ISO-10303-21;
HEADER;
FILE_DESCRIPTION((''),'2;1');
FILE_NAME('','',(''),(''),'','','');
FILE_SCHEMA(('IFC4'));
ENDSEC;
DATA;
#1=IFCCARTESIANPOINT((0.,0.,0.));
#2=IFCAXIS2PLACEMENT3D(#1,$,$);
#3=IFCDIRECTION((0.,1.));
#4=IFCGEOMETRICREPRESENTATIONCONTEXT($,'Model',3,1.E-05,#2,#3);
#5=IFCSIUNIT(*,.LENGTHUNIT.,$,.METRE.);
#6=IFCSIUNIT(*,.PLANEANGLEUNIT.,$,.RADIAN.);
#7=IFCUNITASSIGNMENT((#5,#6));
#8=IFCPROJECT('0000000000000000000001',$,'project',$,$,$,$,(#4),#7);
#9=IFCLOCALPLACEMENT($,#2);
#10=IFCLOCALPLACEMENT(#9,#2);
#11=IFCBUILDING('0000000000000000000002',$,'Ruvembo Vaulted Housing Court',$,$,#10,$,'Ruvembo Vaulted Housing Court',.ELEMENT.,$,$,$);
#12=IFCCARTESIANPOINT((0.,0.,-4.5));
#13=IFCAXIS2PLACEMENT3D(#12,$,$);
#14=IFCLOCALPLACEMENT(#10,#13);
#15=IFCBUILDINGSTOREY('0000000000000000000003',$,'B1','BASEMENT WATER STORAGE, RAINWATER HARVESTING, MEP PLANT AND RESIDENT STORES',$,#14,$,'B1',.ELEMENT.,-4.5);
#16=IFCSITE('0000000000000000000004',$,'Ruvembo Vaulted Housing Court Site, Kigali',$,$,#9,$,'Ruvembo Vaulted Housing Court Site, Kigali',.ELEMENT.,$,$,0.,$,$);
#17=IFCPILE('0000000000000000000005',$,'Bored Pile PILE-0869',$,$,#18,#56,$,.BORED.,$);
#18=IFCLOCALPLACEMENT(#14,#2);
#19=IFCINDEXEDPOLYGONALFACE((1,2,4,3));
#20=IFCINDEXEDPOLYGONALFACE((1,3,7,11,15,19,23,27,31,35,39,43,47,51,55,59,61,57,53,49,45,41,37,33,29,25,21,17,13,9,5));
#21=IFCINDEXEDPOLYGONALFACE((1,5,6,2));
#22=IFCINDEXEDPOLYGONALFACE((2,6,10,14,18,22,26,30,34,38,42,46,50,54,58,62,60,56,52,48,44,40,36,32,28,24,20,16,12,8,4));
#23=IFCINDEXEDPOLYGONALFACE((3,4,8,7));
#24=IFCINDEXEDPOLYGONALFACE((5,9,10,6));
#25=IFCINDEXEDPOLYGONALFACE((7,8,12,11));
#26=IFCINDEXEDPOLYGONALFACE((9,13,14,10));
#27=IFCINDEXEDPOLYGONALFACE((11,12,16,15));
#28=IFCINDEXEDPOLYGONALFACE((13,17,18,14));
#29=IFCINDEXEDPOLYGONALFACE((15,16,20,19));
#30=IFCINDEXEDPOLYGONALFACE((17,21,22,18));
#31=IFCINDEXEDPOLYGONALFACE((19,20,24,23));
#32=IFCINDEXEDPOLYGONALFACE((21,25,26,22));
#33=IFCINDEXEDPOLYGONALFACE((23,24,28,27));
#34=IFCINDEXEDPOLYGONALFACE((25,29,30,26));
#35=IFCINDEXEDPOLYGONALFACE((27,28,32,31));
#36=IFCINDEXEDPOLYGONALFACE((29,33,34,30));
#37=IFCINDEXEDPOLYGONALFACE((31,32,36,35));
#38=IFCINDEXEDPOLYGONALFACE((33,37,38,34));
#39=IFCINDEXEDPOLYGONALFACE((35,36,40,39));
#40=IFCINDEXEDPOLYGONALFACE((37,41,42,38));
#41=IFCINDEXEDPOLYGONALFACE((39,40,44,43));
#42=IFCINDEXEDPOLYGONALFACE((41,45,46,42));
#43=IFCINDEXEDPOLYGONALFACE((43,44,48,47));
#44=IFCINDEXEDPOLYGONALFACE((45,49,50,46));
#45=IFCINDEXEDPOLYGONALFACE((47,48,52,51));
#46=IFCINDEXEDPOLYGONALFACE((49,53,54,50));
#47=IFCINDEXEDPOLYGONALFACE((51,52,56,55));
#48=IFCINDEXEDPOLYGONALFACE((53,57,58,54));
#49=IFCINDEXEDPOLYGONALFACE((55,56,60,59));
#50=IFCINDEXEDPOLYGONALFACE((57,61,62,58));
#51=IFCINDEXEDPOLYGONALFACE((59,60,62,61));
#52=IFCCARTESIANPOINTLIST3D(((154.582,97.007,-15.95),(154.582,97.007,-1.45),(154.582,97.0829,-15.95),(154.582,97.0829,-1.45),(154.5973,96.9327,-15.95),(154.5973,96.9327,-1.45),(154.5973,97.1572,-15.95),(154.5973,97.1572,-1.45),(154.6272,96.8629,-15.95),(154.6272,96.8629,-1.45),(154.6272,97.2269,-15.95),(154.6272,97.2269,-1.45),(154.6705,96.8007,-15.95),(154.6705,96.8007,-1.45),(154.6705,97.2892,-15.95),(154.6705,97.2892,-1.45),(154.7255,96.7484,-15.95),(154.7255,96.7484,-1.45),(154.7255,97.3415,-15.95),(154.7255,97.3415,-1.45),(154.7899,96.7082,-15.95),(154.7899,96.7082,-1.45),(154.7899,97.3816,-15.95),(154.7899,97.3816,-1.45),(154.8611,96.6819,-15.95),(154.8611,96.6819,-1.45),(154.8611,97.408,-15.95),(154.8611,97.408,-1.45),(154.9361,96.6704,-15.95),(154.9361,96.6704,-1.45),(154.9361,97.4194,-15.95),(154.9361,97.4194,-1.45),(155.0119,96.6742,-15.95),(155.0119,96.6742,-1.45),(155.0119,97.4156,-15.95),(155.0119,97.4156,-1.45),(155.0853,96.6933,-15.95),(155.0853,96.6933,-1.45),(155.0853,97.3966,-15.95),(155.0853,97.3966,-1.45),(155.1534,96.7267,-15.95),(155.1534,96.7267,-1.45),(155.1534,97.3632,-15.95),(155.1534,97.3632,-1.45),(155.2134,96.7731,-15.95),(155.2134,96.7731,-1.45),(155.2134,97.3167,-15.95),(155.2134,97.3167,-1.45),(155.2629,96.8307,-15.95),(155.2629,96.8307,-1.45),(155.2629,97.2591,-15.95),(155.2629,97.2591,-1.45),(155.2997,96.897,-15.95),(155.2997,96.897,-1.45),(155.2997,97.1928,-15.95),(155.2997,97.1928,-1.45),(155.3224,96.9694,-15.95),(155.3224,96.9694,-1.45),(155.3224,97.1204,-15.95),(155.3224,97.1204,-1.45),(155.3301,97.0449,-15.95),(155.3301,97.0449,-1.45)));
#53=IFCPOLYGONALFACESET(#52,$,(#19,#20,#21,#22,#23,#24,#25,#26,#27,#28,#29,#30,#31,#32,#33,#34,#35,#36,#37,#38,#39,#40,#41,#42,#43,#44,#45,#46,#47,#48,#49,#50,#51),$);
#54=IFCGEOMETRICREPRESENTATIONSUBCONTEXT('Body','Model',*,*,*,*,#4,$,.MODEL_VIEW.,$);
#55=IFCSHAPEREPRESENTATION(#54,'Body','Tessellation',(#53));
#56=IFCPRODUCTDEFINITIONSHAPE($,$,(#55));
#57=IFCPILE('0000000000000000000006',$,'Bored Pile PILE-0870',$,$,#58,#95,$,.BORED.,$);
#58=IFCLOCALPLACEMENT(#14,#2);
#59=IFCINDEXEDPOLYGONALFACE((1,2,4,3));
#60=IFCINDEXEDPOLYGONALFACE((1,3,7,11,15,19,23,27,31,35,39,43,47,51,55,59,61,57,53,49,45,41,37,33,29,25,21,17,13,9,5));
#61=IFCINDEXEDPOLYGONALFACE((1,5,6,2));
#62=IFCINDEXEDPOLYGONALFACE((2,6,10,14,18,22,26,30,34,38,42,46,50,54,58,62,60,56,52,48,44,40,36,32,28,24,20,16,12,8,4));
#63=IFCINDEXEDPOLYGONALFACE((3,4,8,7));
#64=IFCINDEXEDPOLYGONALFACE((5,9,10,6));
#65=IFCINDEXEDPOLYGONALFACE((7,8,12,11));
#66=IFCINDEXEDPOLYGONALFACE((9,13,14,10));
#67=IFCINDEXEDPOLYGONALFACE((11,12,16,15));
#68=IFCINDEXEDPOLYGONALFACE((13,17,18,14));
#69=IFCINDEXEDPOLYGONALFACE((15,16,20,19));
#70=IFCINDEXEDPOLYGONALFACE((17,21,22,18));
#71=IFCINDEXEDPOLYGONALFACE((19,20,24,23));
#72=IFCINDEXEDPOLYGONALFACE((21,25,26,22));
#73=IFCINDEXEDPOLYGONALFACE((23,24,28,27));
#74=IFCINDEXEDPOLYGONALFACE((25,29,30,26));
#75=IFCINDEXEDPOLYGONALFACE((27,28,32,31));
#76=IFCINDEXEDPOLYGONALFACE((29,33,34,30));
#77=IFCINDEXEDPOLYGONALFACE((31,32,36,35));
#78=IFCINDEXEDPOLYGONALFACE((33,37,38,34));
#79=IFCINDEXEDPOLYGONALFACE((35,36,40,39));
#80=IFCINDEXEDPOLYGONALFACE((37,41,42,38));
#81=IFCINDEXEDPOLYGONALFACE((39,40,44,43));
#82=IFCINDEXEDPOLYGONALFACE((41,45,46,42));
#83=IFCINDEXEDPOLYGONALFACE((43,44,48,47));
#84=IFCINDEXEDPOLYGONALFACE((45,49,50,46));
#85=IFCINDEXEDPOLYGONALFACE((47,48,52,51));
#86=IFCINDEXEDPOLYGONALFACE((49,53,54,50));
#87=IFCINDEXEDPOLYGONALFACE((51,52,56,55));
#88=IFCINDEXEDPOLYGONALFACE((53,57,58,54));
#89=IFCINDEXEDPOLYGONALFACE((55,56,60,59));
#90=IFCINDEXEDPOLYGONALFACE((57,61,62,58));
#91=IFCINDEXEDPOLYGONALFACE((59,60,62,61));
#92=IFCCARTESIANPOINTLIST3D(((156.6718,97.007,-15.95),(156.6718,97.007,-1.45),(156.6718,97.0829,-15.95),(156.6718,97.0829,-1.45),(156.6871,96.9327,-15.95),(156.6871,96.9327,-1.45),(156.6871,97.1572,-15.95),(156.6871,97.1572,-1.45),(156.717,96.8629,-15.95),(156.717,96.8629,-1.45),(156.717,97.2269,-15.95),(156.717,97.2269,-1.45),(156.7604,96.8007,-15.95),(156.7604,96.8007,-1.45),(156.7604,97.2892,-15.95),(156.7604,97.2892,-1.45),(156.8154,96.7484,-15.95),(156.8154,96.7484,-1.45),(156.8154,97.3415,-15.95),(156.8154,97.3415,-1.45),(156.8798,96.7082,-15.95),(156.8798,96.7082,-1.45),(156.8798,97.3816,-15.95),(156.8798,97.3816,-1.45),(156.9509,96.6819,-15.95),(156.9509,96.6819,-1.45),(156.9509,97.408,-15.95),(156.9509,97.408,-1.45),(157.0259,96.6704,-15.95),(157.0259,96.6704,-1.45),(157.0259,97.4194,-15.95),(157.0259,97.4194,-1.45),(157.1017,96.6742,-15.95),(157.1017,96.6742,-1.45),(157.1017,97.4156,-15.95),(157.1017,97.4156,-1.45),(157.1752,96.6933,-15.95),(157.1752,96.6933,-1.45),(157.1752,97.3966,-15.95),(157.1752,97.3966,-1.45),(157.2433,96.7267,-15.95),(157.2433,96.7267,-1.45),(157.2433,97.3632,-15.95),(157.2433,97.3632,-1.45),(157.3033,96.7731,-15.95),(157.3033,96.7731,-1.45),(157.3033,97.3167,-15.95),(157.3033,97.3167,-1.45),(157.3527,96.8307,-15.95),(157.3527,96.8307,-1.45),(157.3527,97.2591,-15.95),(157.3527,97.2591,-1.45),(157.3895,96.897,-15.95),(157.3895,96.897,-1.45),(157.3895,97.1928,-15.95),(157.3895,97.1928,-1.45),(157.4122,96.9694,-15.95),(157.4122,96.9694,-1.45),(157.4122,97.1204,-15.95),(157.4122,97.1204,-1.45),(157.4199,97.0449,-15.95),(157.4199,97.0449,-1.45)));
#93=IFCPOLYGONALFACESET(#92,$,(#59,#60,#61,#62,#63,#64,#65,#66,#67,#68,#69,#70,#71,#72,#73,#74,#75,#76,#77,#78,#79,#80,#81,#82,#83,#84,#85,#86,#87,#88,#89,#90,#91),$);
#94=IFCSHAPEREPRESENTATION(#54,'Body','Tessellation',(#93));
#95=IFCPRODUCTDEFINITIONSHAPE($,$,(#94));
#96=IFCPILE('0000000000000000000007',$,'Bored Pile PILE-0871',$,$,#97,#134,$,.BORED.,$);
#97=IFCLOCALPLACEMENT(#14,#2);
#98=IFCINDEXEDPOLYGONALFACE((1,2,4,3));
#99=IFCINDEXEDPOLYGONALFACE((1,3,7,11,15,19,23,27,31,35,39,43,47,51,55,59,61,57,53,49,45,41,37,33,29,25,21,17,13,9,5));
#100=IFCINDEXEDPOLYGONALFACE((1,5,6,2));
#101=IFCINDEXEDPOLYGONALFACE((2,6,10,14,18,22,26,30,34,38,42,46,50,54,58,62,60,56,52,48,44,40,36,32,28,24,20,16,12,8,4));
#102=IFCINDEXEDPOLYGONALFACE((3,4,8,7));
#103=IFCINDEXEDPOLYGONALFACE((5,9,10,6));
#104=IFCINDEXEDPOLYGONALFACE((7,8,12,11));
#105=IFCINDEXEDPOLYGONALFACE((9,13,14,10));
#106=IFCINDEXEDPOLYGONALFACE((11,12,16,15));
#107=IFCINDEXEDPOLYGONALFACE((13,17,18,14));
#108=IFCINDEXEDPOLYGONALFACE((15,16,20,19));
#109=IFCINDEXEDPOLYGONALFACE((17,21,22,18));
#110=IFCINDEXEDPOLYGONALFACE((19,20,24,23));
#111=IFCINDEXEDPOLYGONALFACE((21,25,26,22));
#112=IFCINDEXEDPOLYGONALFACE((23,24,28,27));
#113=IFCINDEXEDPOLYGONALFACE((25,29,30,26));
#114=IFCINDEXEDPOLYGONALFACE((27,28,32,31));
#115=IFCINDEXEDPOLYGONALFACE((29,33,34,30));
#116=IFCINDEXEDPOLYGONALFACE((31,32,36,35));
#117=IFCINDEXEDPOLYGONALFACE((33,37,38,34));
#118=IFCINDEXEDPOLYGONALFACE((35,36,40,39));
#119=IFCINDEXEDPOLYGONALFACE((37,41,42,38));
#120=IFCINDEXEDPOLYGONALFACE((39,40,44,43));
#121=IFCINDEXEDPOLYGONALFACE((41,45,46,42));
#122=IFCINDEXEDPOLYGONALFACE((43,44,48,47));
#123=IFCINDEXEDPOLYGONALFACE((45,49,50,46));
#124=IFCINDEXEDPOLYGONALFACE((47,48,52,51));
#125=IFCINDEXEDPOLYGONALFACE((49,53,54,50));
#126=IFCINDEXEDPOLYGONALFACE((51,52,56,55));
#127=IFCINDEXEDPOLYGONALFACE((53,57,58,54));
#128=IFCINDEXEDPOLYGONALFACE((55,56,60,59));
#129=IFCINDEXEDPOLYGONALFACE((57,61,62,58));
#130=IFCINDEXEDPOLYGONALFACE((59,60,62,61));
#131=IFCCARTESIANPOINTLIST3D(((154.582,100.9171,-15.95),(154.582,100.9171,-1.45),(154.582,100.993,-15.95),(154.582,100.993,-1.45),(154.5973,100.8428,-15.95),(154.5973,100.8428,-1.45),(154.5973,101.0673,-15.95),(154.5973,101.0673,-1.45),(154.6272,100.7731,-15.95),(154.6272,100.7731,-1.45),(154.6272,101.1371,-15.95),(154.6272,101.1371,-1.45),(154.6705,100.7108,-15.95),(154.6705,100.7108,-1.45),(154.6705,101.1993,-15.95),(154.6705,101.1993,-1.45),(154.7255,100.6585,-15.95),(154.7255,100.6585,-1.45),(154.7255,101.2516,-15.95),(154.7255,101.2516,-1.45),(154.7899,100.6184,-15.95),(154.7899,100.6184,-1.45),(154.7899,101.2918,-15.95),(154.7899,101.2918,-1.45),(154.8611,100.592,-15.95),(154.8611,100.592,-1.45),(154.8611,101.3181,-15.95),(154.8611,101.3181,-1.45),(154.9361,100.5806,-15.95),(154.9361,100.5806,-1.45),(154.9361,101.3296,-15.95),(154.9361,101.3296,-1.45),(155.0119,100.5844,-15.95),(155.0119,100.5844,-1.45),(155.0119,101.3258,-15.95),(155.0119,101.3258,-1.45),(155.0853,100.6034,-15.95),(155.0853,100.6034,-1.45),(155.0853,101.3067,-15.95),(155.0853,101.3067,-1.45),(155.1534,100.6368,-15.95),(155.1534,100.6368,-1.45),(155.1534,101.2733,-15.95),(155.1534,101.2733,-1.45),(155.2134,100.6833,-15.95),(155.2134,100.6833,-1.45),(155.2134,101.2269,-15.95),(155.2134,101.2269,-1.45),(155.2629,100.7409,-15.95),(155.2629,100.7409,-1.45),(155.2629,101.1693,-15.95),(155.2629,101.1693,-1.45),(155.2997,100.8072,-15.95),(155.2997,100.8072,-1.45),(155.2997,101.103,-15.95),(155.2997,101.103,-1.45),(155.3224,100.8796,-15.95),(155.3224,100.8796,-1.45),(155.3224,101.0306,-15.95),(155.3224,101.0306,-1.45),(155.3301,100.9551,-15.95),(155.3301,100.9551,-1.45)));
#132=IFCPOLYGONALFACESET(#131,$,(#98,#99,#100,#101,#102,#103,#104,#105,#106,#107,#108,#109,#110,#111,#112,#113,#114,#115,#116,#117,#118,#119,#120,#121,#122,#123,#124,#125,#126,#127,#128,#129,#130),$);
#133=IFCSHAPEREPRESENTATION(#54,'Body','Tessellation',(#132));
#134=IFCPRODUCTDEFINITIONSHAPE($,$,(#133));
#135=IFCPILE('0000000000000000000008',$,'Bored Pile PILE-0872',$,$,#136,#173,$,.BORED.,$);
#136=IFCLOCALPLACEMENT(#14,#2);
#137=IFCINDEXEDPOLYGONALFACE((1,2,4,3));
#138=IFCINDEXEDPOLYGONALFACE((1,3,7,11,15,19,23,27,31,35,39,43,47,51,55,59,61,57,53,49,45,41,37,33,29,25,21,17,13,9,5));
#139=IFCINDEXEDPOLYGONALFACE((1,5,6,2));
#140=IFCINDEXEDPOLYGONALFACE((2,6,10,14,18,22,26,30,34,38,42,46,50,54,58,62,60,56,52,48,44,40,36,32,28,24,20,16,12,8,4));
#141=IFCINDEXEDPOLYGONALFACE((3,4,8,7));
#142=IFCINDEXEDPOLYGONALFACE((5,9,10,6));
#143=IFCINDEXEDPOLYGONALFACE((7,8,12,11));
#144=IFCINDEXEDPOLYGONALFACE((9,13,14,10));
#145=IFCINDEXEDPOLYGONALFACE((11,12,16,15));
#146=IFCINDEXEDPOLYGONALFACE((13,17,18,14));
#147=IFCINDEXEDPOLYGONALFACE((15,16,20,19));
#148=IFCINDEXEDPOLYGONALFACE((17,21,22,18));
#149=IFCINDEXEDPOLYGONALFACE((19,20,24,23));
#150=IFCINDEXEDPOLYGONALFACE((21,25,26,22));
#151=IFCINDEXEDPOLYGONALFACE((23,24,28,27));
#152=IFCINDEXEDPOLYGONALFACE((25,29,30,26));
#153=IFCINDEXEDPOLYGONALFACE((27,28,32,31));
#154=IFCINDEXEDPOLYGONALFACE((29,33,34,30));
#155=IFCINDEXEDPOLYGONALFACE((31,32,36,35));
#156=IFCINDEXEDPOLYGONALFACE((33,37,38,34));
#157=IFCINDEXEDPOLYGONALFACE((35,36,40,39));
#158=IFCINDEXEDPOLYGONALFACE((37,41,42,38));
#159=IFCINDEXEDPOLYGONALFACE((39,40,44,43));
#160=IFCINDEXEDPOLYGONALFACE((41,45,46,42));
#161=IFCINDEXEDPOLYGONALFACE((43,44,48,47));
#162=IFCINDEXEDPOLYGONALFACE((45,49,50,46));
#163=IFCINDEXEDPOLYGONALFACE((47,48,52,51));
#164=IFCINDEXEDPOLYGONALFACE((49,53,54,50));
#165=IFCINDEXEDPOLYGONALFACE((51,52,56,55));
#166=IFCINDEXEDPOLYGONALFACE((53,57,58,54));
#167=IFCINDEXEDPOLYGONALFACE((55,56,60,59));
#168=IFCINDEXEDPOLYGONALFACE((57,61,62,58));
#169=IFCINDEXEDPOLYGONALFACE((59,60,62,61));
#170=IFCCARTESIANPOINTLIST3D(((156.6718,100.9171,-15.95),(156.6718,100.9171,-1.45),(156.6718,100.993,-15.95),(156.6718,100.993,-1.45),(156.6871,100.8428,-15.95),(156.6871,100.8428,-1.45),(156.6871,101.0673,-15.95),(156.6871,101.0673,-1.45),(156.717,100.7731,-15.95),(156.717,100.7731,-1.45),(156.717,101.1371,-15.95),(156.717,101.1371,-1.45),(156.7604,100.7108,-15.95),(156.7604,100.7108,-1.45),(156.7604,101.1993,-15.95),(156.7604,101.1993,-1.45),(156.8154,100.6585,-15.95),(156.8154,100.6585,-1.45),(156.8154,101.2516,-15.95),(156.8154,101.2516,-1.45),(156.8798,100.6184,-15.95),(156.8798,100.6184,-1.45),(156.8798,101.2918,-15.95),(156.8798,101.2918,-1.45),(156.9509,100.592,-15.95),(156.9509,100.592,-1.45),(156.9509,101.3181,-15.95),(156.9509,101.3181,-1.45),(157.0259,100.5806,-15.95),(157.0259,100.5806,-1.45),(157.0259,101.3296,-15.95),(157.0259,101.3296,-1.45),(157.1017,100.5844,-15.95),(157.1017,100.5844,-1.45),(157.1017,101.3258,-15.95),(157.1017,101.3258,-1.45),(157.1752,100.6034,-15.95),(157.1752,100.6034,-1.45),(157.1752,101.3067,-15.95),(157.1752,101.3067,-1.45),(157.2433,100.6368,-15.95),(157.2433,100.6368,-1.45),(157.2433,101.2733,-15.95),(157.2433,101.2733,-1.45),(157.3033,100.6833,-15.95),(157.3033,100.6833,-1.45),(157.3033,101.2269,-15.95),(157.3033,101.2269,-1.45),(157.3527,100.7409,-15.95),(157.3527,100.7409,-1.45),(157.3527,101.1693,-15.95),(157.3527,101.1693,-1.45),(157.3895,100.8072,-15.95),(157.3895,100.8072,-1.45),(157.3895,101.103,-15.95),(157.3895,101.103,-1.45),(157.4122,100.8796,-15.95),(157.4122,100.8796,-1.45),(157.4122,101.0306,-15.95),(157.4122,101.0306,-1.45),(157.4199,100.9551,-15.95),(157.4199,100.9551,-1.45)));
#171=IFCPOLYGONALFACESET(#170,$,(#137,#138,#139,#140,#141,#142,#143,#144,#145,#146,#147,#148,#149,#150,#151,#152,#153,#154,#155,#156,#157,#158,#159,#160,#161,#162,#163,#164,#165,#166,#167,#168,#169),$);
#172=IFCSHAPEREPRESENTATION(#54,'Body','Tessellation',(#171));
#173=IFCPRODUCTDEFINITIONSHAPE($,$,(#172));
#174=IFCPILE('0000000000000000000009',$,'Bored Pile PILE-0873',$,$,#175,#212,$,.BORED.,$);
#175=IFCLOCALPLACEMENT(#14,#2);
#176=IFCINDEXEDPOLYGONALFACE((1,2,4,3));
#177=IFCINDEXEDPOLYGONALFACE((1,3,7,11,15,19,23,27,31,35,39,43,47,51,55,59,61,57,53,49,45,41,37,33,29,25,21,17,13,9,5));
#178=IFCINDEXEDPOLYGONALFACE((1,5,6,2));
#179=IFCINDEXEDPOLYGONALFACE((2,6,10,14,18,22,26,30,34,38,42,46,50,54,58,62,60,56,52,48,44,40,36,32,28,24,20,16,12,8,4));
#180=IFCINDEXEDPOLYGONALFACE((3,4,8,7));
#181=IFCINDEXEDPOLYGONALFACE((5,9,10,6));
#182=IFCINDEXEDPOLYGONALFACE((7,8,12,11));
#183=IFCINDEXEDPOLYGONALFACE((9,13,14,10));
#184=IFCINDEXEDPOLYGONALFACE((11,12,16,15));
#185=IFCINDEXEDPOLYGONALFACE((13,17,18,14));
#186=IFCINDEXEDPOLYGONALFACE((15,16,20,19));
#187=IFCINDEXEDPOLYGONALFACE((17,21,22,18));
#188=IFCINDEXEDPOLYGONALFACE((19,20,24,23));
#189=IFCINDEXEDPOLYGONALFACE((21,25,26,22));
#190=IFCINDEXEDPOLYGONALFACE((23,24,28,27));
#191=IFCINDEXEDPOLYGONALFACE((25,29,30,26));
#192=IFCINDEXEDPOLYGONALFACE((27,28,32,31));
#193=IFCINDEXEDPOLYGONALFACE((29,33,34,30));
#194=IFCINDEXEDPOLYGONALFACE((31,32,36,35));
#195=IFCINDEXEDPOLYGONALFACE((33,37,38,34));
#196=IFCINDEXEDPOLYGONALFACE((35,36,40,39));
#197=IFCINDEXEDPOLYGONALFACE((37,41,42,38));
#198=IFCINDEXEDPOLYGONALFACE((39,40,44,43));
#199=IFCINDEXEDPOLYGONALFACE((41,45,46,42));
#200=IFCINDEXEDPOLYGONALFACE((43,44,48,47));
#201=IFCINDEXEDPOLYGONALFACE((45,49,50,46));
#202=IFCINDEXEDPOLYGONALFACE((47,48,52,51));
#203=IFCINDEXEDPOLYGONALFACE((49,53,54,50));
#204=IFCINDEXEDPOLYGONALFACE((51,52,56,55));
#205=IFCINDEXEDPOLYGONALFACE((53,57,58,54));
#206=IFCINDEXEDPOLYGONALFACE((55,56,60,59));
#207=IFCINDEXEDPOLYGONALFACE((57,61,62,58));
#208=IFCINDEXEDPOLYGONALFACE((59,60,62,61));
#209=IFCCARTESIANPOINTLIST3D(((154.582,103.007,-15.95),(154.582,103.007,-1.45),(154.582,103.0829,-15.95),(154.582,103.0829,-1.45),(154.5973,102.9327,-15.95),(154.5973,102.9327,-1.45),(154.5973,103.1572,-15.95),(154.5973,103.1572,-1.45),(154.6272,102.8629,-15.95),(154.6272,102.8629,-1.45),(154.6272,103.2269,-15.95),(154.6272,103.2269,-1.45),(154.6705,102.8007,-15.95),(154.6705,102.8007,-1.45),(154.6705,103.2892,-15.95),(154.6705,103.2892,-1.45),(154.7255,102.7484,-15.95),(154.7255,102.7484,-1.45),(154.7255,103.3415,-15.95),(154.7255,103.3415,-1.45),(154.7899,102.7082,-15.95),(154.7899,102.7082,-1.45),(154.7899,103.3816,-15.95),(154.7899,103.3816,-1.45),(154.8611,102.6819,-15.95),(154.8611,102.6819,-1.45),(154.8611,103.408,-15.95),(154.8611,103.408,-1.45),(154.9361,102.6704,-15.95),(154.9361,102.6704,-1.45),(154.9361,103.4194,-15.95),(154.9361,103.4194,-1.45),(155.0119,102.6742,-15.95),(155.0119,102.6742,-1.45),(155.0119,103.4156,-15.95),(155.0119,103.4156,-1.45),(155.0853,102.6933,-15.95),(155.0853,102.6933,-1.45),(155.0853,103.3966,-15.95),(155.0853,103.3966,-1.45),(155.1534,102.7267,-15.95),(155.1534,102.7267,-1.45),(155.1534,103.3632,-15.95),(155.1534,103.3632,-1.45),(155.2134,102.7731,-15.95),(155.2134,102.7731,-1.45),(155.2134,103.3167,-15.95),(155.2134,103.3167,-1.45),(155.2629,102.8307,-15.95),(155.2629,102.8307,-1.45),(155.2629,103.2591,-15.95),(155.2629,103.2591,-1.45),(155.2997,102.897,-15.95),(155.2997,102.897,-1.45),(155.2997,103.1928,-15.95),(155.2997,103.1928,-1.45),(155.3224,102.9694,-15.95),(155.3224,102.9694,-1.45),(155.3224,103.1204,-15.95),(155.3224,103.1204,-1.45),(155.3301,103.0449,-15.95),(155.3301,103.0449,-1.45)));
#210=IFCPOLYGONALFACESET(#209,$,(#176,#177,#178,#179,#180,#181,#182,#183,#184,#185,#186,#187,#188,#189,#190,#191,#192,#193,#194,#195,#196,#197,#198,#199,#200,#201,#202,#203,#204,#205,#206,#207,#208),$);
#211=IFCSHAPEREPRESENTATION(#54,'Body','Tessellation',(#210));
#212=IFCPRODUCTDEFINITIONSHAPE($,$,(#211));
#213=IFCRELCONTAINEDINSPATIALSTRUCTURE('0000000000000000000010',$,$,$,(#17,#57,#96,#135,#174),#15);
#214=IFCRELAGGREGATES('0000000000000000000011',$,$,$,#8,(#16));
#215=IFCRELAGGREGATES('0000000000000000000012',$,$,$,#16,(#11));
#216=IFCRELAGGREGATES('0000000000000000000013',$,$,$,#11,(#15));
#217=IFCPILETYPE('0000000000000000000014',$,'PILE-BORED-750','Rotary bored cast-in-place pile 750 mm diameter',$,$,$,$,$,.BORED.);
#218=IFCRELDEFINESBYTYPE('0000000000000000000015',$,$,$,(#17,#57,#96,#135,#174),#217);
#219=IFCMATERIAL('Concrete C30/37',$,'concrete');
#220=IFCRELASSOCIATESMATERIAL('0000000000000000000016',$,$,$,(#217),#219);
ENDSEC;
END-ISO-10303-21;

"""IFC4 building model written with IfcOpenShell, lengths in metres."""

from ifc_helpers import new_model, si_unit, direction, frame, origin, origin_2d, place, context, subcontext, project, spatial, circle, extrude, material, material_profile, profile_set, type_object, element, save


model = new_model("IFC4")

# Units and contexts
model_context = context("Model", 3, precision=1e-05, world=origin(), true_north=direction((0.0, 1.0)))
body_context = subcontext(model_context, "Body", "Model", "MODEL_VIEW")
ifc_project = project(units=[si_unit("LENGTHUNIT", "METRE"), si_unit("PLANEANGLEUNIT", "RADIAN")], contexts=[model_context])

# Site, building, storey
site_placement = place(None, origin())
site = spatial("IfcSite", under=ifc_project, at=site_placement, Name="Ruvembo Vaulted Housing Court Site, Kigali", LongName="Ruvembo Vaulted Housing Court Site, Kigali", CompositionType="ELEMENT", RefElevation=0.0)
building_placement = place(site_placement, origin())
building = spatial("IfcBuilding", under=site, at=building_placement, Name="Ruvembo Vaulted Housing Court", LongName="Ruvembo Vaulted Housing Court", CompositionType="ELEMENT")
storey_placement = place(building_placement, frame((0.0, 0.0, -4.5)))
storey = spatial("IfcBuildingStorey", under=building, at=storey_placement, Name="B1", Description="BASEMENT WATER STORAGE, RAINWATER HARVESTING, MEP PLANT AND RESIDENT STORES", LongName="B1", CompositionType="ELEMENT", Elevation=-4.5)

# Piles
ifc_material_1 = material(Name="Concrete C30/37", Category="concrete")
ifc_material_profile_1 = material_profile(ifc_material_1, circle(Radius=0.375, at=origin_2d()), Name="PILE D750")
ifc_profile_set_1 = profile_set([ifc_material_profile_1], Name="Concrete C30/37")
pile_type_1 = type_object("IfcPileType", Name="PILE-BORED-750", Description="Rotary bored cast-in-place pile 750 mm diameter", PredefinedType="BORED", material=ifc_profile_set_1)
for number, where, z_axis, x_axis, name in (
    (1, (154.9551, 97.0449, -1.45), (0.0, 0.0, -1.0), (1.0, 0.0, 0.0), "Bored Pile PILE-0869"),
    (2, (157.0449, 97.0449, -1.45), (0.0, 0.0, -1.0), (1.0, 0.0, 0.0), "Bored Pile PILE-0870"),
    (3, (154.9551, 100.9551, -1.45), (0.0, 0.0, -1.0), (1.0, 0.0, 0.0), "Bored Pile PILE-0871"),
    (4, (157.0449, 100.9551, -1.45), (0.0, 0.0, -1.0), (1.0, 0.0, 0.0), "Bored Pile PILE-0872"),
    (5, (154.9551, 103.0449, -1.45), (0.0, 0.0, -1.0), (1.0, 0.0, 0.0), "Bored Pile PILE-0873"),
):
    element("IfcPile", number, at=place(storey_placement, frame(where, z_axis=z_axis, x_axis=x_axis)), inside=storey, type_object=pile_type_1, Name=name, PredefinedType="BORED", context=body_context, shape_type="SweptSolid", body=[
        extrude(circle(Radius=0.375, at=origin_2d()), origin(), (0.0, 0.0, 1.0), 14.5),
    ])

save(model, "model.ifc")
